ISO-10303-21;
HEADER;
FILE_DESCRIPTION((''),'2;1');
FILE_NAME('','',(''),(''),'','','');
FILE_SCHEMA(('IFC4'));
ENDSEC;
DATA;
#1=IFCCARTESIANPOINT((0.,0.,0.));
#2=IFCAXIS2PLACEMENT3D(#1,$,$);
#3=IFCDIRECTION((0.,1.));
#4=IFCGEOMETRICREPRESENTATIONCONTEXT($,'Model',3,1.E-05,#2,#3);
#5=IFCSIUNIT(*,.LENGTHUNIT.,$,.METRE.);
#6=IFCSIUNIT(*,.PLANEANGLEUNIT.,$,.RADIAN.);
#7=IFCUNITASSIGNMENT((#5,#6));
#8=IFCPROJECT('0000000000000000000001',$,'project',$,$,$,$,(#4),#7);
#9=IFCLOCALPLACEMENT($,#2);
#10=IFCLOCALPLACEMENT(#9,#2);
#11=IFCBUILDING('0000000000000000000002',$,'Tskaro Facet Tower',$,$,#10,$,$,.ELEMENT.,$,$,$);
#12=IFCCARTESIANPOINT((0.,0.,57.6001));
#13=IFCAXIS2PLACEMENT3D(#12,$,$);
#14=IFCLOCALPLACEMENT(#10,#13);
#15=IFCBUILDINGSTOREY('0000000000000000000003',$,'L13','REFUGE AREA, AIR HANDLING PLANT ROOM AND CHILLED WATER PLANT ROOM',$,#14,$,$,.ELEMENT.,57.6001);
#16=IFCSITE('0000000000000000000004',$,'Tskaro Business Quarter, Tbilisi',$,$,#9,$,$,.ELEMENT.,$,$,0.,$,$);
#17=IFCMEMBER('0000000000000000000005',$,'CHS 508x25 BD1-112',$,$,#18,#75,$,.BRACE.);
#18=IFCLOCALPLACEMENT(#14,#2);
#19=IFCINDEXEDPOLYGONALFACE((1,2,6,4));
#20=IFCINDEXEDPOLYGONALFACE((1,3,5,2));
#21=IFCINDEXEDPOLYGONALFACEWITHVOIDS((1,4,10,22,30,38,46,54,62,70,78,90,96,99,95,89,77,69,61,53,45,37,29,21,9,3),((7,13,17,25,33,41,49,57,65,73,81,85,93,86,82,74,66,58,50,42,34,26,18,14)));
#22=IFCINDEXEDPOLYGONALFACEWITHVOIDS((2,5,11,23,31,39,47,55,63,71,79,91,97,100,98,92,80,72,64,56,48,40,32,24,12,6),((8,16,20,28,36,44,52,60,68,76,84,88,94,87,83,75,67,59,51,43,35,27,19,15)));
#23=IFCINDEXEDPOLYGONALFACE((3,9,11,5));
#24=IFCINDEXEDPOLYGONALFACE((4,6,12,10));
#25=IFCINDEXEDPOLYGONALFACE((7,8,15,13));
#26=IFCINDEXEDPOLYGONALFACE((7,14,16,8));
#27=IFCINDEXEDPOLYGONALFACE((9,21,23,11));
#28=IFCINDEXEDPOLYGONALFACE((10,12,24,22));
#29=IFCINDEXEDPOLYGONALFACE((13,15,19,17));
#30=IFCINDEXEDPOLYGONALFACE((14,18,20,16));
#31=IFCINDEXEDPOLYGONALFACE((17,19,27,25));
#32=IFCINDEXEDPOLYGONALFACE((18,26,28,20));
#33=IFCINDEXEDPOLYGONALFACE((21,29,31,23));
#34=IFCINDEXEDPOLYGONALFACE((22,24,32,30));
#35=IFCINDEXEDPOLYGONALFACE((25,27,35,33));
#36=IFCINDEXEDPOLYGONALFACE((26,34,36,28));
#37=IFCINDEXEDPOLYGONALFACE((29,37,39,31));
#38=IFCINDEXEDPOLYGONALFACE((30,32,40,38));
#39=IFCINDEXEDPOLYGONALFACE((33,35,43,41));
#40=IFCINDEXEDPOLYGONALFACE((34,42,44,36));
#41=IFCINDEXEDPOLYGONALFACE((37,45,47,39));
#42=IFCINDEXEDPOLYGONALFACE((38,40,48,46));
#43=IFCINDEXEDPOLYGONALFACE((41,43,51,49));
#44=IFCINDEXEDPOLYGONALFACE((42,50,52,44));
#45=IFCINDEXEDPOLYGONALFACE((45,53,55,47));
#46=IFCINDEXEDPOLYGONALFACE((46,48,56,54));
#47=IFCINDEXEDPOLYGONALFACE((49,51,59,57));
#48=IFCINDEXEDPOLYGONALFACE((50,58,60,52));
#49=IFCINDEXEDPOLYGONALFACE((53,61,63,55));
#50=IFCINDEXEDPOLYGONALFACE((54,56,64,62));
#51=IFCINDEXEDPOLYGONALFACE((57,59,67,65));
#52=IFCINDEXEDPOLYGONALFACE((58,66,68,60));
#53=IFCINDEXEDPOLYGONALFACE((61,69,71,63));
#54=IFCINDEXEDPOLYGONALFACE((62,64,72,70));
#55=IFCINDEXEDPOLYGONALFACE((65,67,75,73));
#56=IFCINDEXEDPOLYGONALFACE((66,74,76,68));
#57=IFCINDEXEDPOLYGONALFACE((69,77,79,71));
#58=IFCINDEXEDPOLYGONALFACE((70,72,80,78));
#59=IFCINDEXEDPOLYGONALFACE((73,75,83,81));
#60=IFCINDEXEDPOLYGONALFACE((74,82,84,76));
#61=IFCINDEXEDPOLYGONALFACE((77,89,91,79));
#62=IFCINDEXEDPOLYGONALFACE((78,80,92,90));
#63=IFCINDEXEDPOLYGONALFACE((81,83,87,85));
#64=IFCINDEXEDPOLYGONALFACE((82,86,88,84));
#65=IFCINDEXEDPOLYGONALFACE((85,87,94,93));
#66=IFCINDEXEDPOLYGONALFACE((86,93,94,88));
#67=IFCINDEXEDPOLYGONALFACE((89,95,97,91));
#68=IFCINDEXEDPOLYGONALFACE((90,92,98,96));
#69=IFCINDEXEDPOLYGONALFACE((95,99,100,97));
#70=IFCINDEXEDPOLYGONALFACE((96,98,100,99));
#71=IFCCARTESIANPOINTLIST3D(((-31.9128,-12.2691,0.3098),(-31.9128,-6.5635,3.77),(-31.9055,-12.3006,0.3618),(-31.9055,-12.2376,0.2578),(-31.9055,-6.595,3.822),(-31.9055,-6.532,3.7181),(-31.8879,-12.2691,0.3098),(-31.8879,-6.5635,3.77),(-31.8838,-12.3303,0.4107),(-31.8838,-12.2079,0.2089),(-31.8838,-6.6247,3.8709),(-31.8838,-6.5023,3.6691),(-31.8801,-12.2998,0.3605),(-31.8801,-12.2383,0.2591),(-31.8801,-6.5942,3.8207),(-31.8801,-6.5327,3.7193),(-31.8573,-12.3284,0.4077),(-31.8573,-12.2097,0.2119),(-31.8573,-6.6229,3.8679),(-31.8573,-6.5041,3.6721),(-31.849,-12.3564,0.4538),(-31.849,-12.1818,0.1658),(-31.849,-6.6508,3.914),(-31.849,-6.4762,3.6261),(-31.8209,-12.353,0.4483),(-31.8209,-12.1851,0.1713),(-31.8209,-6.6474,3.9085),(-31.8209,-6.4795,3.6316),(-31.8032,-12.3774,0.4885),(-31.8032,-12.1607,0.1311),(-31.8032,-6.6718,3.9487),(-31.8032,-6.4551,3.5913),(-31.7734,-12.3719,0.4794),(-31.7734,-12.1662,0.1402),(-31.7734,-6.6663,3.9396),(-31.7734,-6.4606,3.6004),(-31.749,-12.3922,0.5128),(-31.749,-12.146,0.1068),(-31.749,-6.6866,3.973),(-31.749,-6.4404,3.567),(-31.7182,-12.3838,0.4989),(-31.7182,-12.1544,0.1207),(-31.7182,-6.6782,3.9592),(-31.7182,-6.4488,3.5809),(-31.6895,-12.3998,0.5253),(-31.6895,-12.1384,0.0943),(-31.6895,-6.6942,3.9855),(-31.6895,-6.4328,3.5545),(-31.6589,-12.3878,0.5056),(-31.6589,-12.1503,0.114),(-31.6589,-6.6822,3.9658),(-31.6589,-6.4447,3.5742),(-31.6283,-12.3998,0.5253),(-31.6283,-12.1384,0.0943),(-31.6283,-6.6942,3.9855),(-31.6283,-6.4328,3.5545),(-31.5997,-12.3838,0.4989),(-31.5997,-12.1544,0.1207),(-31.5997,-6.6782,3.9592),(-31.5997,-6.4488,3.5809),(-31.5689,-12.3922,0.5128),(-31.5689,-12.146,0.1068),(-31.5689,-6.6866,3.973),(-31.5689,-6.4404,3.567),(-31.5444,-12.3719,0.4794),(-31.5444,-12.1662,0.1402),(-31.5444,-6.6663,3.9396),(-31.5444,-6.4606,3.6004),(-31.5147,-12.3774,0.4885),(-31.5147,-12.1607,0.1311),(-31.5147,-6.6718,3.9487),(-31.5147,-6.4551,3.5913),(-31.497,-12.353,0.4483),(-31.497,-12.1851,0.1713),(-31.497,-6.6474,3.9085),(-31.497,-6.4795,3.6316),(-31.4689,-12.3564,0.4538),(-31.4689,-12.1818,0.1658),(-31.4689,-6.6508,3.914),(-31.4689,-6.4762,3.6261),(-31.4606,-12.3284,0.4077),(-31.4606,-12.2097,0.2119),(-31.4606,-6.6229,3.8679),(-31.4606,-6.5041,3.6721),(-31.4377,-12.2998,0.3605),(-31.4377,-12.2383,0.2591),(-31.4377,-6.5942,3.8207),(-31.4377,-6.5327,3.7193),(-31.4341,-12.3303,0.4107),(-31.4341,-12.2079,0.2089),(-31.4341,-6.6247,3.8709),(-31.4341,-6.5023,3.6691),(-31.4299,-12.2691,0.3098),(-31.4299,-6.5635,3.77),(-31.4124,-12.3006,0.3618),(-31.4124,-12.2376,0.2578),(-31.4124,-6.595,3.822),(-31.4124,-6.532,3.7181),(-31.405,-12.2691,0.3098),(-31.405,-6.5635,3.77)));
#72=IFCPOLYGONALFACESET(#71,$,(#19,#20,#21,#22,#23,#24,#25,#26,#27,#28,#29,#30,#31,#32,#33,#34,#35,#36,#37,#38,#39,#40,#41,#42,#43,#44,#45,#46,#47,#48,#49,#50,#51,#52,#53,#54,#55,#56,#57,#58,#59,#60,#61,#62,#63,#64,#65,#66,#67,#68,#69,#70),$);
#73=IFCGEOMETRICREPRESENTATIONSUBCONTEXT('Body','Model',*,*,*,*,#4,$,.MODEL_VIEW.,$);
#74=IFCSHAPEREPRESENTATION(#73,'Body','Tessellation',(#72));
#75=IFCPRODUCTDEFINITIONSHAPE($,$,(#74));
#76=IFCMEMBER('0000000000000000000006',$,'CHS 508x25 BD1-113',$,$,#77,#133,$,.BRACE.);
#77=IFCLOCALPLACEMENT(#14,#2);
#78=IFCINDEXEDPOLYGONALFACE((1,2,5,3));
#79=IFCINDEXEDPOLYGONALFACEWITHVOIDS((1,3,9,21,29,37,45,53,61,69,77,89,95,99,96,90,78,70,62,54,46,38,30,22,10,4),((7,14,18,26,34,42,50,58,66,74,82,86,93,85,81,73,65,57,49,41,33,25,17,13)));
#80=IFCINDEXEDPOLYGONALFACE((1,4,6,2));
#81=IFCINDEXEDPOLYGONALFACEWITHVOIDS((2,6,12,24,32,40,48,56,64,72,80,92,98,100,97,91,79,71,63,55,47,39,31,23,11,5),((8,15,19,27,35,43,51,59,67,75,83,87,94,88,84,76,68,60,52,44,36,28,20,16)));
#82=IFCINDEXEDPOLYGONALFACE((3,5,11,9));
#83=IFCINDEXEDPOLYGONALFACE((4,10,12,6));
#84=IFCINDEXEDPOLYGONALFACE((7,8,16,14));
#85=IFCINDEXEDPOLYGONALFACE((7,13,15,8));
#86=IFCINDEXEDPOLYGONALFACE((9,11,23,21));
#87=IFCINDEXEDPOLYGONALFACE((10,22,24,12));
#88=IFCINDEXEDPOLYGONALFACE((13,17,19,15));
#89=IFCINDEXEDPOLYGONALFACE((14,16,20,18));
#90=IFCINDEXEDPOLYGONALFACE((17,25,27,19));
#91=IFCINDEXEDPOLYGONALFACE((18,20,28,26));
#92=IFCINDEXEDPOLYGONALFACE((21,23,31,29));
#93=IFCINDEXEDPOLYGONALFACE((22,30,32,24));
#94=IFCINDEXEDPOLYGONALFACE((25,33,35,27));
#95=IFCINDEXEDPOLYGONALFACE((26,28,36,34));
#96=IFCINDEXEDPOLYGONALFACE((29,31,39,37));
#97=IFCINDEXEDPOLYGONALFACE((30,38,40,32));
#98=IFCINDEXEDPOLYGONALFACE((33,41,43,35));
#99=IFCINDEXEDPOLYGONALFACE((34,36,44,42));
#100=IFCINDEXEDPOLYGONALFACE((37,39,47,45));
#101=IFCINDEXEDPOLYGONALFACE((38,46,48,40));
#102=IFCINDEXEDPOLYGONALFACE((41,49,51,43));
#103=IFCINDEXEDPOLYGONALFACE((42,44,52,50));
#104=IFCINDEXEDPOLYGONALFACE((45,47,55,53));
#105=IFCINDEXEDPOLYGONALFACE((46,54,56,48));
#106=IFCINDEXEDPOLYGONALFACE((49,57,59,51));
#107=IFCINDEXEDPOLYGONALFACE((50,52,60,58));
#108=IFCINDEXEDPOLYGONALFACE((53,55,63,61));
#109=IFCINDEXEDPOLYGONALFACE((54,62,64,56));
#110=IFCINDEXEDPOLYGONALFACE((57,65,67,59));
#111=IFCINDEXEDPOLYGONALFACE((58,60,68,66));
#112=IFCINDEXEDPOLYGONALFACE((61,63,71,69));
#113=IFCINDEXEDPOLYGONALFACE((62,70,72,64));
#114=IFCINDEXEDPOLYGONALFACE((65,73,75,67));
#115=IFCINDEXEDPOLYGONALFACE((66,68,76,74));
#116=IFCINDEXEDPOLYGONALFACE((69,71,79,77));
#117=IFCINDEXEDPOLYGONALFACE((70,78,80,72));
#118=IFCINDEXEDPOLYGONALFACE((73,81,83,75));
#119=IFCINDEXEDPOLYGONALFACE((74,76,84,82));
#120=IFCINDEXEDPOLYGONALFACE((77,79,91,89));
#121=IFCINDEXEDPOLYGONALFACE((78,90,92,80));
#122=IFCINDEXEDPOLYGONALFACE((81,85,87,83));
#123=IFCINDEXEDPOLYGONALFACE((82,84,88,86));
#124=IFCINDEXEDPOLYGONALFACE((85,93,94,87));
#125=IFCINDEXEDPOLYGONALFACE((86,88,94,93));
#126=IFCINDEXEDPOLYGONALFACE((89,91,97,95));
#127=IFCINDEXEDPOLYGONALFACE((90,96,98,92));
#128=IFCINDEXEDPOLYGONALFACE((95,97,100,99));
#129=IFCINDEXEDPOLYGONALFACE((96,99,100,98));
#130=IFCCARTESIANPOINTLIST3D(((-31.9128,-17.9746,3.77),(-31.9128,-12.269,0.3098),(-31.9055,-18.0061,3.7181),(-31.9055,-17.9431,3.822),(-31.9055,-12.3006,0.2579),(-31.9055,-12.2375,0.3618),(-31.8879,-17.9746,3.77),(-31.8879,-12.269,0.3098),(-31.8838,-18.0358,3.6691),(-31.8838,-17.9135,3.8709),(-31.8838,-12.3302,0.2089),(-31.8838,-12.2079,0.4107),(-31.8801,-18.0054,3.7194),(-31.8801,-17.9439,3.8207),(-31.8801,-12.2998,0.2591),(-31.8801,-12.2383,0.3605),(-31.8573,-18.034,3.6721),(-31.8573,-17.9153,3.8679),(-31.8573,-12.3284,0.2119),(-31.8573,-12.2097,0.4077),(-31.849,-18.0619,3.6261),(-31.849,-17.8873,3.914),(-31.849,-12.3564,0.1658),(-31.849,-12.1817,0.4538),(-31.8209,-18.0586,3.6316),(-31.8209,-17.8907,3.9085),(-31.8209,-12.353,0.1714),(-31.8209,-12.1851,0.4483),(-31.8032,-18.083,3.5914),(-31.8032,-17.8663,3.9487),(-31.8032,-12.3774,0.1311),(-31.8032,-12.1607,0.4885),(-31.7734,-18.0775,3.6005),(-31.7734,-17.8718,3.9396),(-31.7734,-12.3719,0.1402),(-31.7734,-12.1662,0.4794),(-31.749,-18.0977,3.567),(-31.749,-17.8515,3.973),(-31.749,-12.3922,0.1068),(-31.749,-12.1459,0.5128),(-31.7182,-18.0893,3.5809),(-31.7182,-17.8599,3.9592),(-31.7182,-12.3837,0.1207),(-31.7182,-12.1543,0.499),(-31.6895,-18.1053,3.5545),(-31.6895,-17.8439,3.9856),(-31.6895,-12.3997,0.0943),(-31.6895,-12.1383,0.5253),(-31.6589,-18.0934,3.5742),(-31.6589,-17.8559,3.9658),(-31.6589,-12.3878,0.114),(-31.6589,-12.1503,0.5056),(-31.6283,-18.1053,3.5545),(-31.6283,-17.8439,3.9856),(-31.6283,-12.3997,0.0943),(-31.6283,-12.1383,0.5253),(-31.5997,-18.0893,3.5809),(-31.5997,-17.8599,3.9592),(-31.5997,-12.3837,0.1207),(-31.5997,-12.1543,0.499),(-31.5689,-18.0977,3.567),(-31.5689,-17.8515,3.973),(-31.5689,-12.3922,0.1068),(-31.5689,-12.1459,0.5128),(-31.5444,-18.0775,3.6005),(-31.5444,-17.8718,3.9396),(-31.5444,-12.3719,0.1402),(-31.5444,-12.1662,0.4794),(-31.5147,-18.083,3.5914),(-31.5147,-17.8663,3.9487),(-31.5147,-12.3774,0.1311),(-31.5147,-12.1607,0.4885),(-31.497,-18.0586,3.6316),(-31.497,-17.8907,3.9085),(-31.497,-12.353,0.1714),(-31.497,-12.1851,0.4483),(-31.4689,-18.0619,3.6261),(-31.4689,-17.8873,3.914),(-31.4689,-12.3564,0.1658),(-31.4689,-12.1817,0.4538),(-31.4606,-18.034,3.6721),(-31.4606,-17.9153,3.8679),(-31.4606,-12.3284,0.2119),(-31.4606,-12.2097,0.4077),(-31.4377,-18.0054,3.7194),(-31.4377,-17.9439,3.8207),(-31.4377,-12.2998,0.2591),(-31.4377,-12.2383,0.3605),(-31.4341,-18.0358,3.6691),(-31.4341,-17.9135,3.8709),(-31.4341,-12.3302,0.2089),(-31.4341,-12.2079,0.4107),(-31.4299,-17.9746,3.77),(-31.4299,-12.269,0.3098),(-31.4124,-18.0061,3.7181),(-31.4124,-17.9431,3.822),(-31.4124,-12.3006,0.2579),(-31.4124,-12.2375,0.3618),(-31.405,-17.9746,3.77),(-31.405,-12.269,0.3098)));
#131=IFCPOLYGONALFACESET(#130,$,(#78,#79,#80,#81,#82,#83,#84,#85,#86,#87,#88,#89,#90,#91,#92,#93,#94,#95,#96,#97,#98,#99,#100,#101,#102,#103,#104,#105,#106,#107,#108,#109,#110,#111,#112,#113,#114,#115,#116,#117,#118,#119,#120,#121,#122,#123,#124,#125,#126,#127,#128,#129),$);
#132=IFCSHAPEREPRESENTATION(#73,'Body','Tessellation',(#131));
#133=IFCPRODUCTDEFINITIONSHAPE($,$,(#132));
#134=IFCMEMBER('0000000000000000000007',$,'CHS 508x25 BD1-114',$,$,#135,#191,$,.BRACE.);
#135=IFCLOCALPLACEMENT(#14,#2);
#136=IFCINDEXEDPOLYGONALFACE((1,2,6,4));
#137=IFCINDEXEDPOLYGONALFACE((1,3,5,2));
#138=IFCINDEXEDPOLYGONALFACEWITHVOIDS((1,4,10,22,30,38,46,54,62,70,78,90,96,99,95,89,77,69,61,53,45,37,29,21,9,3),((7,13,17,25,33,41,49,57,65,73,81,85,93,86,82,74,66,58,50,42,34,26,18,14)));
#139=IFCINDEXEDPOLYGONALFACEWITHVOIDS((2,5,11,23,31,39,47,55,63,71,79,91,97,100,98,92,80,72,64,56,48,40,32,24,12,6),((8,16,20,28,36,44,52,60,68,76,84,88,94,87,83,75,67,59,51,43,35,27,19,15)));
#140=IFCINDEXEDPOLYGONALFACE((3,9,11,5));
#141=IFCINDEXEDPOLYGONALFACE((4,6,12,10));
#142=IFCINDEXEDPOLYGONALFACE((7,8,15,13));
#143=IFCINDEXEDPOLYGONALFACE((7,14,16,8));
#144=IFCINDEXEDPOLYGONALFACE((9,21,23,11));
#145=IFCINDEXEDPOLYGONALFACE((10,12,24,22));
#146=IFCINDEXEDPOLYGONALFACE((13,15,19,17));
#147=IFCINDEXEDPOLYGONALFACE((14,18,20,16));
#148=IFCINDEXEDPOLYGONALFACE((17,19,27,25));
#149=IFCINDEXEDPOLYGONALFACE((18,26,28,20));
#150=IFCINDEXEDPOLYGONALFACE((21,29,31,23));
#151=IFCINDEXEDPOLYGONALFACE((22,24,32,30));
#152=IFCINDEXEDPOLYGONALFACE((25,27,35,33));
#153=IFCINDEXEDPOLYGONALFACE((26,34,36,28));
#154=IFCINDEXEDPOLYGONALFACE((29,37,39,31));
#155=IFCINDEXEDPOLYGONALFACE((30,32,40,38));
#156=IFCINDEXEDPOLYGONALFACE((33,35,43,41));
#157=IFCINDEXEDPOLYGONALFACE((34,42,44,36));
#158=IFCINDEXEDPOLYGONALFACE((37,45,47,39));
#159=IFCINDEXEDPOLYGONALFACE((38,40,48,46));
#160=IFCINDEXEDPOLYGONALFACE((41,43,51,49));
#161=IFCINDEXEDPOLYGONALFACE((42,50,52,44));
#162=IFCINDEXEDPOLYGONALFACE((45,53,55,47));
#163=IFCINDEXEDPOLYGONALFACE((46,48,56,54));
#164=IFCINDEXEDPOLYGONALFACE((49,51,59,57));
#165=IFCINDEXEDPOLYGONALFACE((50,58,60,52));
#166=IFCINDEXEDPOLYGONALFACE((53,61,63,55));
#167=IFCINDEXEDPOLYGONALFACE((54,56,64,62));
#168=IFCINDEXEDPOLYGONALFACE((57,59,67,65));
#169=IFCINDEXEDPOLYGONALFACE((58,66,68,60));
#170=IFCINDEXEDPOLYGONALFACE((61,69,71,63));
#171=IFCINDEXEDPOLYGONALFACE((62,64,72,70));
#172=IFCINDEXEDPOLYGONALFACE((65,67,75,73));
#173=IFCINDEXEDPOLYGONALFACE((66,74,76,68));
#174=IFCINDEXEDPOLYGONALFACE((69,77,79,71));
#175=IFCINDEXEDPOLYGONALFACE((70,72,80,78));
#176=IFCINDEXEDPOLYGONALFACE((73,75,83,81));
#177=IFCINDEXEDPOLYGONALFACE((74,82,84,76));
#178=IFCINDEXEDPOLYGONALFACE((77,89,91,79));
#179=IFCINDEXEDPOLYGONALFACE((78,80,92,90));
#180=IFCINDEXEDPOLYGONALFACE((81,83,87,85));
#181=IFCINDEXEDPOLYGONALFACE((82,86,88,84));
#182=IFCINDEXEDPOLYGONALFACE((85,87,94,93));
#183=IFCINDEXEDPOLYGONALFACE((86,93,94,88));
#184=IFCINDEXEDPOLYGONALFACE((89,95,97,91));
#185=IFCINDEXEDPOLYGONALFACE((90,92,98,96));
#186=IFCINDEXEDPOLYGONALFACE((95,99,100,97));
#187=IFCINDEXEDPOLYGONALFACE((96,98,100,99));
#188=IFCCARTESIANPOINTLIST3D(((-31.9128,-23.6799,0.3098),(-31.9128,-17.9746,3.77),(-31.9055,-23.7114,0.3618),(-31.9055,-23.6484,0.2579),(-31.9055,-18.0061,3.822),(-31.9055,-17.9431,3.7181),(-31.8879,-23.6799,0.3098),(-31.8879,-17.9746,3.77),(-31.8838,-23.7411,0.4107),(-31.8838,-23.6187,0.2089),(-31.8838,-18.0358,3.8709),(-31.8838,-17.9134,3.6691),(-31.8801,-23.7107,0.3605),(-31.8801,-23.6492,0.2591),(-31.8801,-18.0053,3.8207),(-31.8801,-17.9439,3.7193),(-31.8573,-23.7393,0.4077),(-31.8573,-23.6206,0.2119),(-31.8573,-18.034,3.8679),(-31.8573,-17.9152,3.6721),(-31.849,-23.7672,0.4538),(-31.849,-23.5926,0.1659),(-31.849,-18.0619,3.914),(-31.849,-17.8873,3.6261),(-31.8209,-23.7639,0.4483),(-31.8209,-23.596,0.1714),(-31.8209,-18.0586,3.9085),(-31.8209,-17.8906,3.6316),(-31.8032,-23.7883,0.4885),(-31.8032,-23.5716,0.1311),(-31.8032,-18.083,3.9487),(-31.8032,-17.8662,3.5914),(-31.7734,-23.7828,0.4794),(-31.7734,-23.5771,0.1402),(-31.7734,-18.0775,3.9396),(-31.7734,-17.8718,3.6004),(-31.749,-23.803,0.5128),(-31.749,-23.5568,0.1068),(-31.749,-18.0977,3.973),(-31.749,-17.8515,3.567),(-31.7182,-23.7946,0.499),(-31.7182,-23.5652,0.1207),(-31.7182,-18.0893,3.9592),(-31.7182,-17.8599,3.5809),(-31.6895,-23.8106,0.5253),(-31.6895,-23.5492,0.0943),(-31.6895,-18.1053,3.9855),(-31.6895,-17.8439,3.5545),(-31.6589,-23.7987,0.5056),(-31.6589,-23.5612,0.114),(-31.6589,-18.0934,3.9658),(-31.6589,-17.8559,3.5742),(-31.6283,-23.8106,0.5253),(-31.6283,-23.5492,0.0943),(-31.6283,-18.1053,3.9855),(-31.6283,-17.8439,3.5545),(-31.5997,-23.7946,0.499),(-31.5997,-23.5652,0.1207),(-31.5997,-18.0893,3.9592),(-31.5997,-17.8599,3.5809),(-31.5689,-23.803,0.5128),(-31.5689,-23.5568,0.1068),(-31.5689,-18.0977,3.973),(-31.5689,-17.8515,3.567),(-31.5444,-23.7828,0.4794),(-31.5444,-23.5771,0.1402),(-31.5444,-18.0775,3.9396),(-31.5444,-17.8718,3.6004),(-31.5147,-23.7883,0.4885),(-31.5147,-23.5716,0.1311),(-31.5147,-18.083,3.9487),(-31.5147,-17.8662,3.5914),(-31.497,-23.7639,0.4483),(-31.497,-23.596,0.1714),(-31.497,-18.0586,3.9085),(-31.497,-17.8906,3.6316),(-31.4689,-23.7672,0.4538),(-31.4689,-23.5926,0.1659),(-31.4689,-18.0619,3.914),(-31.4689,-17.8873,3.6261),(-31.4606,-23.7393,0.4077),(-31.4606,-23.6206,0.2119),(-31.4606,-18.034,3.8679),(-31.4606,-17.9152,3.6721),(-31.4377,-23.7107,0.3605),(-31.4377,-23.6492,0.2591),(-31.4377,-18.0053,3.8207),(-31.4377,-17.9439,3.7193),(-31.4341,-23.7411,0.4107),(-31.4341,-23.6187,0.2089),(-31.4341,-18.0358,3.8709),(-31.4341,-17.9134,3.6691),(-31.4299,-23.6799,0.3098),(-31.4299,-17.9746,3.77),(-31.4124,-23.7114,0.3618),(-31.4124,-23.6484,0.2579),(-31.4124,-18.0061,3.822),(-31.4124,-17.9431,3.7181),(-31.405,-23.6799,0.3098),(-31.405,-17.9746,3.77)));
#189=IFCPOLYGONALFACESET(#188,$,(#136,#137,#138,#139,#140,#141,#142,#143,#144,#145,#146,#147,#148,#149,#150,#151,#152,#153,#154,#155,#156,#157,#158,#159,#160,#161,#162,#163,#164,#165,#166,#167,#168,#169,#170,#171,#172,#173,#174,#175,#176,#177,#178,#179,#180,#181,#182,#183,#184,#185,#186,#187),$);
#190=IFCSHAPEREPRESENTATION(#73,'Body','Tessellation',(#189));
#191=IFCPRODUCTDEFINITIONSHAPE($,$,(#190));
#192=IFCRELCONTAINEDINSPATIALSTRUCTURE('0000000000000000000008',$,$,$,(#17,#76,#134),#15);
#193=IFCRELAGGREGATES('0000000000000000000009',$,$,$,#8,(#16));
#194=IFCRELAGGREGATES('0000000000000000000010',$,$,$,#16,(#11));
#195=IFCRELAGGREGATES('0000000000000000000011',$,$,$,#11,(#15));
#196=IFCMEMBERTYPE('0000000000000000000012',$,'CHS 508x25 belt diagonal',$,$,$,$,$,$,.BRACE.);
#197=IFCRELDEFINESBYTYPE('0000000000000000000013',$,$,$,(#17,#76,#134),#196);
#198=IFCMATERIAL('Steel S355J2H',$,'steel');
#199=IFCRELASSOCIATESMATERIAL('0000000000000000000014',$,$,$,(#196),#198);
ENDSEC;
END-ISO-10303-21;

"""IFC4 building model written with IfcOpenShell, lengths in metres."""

from ifc_helpers import new_model, si_unit, direction, frame, origin, origin_2d, place, context, subcontext, project, spatial, hollow_circle, extrude, material, material_profile, profile_set, type_object, element, save


model = new_model("IFC4")

# Units and contexts
model_context = context("Model", 3, precision=1e-05, world=origin(), true_north=direction((0.0, 1.0)))
body_context = subcontext(model_context, "Body", "Model", "MODEL_VIEW")
ifc_project = project(units=[si_unit("LENGTHUNIT", "METRE"), si_unit("PLANEANGLEUNIT", "RADIAN")], contexts=[model_context])

# Site, building, storey
site_placement = place(None, origin())
site = spatial("IfcSite", under=ifc_project, at=site_placement, Name="Tskaro Business Quarter, Tbilisi", CompositionType="ELEMENT", RefElevation=0.0)
building_placement = place(site_placement, origin())
building = spatial("IfcBuilding", under=site, at=building_placement, Name="Tskaro Facet Tower", CompositionType="ELEMENT")
storey_placement = place(building_placement, frame((0.0, 0.0, 57.6001)))
storey = spatial("IfcBuildingStorey", under=building, at=storey_placement, Name="L13", Description="REFUGE AREA, AIR HANDLING PLANT ROOM AND CHILLED WATER PLANT ROOM", CompositionType="ELEMENT", Elevation=57.6001)

# Shared definitions
ifc_material_1 = material(Name="Steel S355J2H", Category="steel")

# Members
ifc_material_profile_1 = material_profile(ifc_material_1, hollow_circle(Radius=0.2539, WallThickness=0.0249, at=origin_2d()), Name="CHS 508x25")
ifc_profile_set_1 = profile_set([ifc_material_profile_1], Name="Steel S355J2H")
member_type_1 = type_object("IfcMemberType", Name="CHS 508x25 belt diagonal", PredefinedType="BRACE", material=ifc_profile_set_1)
for number, where, z_axis, x_axis, name in (
    (1, (-31.6589, -6.5635, 3.77), (0.0, -0.855046, -0.518552), (1.0, 0.0, 0.0), "CHS 508x25 BD1-112"),
    (2, (-31.6589, -12.269, 0.3098), (0.0, -0.855046, 0.518552), (1.0, 0.0, 0.0), "CHS 508x25 BD1-113"),
):
    element("IfcMember", number, at=place(storey_placement, frame(where, z_axis=z_axis, x_axis=x_axis)), inside=storey, type_object=member_type_1, Name=name, PredefinedType="BRACE", context=body_context, shape_type="SweptSolid", body=[
        extrude(hollow_circle(Radius=0.2539, WallThickness=0.0249, at=origin_2d()), origin(), (0.0, 0.0, 1.0), 6.6729),
    ])
member_1_placement = place(storey_placement, frame((-31.6589, -17.9746, 3.77), z_axis=(0.0, -0.855036, -0.518568), x_axis=(1.0, 0.0, 0.0)))
element("IfcMember", 3, at=member_1_placement, inside=storey, type_object=member_type_1, Name="CHS 508x25 BD1-114", PredefinedType="BRACE", context=body_context, shape_type="SweptSolid", body=[
    extrude(hollow_circle(Radius=0.2539, WallThickness=0.0249, at=origin_2d()), origin(), (0.0, 0.0, 1.0), 6.6726),
])

save(model, "model.ifc")
